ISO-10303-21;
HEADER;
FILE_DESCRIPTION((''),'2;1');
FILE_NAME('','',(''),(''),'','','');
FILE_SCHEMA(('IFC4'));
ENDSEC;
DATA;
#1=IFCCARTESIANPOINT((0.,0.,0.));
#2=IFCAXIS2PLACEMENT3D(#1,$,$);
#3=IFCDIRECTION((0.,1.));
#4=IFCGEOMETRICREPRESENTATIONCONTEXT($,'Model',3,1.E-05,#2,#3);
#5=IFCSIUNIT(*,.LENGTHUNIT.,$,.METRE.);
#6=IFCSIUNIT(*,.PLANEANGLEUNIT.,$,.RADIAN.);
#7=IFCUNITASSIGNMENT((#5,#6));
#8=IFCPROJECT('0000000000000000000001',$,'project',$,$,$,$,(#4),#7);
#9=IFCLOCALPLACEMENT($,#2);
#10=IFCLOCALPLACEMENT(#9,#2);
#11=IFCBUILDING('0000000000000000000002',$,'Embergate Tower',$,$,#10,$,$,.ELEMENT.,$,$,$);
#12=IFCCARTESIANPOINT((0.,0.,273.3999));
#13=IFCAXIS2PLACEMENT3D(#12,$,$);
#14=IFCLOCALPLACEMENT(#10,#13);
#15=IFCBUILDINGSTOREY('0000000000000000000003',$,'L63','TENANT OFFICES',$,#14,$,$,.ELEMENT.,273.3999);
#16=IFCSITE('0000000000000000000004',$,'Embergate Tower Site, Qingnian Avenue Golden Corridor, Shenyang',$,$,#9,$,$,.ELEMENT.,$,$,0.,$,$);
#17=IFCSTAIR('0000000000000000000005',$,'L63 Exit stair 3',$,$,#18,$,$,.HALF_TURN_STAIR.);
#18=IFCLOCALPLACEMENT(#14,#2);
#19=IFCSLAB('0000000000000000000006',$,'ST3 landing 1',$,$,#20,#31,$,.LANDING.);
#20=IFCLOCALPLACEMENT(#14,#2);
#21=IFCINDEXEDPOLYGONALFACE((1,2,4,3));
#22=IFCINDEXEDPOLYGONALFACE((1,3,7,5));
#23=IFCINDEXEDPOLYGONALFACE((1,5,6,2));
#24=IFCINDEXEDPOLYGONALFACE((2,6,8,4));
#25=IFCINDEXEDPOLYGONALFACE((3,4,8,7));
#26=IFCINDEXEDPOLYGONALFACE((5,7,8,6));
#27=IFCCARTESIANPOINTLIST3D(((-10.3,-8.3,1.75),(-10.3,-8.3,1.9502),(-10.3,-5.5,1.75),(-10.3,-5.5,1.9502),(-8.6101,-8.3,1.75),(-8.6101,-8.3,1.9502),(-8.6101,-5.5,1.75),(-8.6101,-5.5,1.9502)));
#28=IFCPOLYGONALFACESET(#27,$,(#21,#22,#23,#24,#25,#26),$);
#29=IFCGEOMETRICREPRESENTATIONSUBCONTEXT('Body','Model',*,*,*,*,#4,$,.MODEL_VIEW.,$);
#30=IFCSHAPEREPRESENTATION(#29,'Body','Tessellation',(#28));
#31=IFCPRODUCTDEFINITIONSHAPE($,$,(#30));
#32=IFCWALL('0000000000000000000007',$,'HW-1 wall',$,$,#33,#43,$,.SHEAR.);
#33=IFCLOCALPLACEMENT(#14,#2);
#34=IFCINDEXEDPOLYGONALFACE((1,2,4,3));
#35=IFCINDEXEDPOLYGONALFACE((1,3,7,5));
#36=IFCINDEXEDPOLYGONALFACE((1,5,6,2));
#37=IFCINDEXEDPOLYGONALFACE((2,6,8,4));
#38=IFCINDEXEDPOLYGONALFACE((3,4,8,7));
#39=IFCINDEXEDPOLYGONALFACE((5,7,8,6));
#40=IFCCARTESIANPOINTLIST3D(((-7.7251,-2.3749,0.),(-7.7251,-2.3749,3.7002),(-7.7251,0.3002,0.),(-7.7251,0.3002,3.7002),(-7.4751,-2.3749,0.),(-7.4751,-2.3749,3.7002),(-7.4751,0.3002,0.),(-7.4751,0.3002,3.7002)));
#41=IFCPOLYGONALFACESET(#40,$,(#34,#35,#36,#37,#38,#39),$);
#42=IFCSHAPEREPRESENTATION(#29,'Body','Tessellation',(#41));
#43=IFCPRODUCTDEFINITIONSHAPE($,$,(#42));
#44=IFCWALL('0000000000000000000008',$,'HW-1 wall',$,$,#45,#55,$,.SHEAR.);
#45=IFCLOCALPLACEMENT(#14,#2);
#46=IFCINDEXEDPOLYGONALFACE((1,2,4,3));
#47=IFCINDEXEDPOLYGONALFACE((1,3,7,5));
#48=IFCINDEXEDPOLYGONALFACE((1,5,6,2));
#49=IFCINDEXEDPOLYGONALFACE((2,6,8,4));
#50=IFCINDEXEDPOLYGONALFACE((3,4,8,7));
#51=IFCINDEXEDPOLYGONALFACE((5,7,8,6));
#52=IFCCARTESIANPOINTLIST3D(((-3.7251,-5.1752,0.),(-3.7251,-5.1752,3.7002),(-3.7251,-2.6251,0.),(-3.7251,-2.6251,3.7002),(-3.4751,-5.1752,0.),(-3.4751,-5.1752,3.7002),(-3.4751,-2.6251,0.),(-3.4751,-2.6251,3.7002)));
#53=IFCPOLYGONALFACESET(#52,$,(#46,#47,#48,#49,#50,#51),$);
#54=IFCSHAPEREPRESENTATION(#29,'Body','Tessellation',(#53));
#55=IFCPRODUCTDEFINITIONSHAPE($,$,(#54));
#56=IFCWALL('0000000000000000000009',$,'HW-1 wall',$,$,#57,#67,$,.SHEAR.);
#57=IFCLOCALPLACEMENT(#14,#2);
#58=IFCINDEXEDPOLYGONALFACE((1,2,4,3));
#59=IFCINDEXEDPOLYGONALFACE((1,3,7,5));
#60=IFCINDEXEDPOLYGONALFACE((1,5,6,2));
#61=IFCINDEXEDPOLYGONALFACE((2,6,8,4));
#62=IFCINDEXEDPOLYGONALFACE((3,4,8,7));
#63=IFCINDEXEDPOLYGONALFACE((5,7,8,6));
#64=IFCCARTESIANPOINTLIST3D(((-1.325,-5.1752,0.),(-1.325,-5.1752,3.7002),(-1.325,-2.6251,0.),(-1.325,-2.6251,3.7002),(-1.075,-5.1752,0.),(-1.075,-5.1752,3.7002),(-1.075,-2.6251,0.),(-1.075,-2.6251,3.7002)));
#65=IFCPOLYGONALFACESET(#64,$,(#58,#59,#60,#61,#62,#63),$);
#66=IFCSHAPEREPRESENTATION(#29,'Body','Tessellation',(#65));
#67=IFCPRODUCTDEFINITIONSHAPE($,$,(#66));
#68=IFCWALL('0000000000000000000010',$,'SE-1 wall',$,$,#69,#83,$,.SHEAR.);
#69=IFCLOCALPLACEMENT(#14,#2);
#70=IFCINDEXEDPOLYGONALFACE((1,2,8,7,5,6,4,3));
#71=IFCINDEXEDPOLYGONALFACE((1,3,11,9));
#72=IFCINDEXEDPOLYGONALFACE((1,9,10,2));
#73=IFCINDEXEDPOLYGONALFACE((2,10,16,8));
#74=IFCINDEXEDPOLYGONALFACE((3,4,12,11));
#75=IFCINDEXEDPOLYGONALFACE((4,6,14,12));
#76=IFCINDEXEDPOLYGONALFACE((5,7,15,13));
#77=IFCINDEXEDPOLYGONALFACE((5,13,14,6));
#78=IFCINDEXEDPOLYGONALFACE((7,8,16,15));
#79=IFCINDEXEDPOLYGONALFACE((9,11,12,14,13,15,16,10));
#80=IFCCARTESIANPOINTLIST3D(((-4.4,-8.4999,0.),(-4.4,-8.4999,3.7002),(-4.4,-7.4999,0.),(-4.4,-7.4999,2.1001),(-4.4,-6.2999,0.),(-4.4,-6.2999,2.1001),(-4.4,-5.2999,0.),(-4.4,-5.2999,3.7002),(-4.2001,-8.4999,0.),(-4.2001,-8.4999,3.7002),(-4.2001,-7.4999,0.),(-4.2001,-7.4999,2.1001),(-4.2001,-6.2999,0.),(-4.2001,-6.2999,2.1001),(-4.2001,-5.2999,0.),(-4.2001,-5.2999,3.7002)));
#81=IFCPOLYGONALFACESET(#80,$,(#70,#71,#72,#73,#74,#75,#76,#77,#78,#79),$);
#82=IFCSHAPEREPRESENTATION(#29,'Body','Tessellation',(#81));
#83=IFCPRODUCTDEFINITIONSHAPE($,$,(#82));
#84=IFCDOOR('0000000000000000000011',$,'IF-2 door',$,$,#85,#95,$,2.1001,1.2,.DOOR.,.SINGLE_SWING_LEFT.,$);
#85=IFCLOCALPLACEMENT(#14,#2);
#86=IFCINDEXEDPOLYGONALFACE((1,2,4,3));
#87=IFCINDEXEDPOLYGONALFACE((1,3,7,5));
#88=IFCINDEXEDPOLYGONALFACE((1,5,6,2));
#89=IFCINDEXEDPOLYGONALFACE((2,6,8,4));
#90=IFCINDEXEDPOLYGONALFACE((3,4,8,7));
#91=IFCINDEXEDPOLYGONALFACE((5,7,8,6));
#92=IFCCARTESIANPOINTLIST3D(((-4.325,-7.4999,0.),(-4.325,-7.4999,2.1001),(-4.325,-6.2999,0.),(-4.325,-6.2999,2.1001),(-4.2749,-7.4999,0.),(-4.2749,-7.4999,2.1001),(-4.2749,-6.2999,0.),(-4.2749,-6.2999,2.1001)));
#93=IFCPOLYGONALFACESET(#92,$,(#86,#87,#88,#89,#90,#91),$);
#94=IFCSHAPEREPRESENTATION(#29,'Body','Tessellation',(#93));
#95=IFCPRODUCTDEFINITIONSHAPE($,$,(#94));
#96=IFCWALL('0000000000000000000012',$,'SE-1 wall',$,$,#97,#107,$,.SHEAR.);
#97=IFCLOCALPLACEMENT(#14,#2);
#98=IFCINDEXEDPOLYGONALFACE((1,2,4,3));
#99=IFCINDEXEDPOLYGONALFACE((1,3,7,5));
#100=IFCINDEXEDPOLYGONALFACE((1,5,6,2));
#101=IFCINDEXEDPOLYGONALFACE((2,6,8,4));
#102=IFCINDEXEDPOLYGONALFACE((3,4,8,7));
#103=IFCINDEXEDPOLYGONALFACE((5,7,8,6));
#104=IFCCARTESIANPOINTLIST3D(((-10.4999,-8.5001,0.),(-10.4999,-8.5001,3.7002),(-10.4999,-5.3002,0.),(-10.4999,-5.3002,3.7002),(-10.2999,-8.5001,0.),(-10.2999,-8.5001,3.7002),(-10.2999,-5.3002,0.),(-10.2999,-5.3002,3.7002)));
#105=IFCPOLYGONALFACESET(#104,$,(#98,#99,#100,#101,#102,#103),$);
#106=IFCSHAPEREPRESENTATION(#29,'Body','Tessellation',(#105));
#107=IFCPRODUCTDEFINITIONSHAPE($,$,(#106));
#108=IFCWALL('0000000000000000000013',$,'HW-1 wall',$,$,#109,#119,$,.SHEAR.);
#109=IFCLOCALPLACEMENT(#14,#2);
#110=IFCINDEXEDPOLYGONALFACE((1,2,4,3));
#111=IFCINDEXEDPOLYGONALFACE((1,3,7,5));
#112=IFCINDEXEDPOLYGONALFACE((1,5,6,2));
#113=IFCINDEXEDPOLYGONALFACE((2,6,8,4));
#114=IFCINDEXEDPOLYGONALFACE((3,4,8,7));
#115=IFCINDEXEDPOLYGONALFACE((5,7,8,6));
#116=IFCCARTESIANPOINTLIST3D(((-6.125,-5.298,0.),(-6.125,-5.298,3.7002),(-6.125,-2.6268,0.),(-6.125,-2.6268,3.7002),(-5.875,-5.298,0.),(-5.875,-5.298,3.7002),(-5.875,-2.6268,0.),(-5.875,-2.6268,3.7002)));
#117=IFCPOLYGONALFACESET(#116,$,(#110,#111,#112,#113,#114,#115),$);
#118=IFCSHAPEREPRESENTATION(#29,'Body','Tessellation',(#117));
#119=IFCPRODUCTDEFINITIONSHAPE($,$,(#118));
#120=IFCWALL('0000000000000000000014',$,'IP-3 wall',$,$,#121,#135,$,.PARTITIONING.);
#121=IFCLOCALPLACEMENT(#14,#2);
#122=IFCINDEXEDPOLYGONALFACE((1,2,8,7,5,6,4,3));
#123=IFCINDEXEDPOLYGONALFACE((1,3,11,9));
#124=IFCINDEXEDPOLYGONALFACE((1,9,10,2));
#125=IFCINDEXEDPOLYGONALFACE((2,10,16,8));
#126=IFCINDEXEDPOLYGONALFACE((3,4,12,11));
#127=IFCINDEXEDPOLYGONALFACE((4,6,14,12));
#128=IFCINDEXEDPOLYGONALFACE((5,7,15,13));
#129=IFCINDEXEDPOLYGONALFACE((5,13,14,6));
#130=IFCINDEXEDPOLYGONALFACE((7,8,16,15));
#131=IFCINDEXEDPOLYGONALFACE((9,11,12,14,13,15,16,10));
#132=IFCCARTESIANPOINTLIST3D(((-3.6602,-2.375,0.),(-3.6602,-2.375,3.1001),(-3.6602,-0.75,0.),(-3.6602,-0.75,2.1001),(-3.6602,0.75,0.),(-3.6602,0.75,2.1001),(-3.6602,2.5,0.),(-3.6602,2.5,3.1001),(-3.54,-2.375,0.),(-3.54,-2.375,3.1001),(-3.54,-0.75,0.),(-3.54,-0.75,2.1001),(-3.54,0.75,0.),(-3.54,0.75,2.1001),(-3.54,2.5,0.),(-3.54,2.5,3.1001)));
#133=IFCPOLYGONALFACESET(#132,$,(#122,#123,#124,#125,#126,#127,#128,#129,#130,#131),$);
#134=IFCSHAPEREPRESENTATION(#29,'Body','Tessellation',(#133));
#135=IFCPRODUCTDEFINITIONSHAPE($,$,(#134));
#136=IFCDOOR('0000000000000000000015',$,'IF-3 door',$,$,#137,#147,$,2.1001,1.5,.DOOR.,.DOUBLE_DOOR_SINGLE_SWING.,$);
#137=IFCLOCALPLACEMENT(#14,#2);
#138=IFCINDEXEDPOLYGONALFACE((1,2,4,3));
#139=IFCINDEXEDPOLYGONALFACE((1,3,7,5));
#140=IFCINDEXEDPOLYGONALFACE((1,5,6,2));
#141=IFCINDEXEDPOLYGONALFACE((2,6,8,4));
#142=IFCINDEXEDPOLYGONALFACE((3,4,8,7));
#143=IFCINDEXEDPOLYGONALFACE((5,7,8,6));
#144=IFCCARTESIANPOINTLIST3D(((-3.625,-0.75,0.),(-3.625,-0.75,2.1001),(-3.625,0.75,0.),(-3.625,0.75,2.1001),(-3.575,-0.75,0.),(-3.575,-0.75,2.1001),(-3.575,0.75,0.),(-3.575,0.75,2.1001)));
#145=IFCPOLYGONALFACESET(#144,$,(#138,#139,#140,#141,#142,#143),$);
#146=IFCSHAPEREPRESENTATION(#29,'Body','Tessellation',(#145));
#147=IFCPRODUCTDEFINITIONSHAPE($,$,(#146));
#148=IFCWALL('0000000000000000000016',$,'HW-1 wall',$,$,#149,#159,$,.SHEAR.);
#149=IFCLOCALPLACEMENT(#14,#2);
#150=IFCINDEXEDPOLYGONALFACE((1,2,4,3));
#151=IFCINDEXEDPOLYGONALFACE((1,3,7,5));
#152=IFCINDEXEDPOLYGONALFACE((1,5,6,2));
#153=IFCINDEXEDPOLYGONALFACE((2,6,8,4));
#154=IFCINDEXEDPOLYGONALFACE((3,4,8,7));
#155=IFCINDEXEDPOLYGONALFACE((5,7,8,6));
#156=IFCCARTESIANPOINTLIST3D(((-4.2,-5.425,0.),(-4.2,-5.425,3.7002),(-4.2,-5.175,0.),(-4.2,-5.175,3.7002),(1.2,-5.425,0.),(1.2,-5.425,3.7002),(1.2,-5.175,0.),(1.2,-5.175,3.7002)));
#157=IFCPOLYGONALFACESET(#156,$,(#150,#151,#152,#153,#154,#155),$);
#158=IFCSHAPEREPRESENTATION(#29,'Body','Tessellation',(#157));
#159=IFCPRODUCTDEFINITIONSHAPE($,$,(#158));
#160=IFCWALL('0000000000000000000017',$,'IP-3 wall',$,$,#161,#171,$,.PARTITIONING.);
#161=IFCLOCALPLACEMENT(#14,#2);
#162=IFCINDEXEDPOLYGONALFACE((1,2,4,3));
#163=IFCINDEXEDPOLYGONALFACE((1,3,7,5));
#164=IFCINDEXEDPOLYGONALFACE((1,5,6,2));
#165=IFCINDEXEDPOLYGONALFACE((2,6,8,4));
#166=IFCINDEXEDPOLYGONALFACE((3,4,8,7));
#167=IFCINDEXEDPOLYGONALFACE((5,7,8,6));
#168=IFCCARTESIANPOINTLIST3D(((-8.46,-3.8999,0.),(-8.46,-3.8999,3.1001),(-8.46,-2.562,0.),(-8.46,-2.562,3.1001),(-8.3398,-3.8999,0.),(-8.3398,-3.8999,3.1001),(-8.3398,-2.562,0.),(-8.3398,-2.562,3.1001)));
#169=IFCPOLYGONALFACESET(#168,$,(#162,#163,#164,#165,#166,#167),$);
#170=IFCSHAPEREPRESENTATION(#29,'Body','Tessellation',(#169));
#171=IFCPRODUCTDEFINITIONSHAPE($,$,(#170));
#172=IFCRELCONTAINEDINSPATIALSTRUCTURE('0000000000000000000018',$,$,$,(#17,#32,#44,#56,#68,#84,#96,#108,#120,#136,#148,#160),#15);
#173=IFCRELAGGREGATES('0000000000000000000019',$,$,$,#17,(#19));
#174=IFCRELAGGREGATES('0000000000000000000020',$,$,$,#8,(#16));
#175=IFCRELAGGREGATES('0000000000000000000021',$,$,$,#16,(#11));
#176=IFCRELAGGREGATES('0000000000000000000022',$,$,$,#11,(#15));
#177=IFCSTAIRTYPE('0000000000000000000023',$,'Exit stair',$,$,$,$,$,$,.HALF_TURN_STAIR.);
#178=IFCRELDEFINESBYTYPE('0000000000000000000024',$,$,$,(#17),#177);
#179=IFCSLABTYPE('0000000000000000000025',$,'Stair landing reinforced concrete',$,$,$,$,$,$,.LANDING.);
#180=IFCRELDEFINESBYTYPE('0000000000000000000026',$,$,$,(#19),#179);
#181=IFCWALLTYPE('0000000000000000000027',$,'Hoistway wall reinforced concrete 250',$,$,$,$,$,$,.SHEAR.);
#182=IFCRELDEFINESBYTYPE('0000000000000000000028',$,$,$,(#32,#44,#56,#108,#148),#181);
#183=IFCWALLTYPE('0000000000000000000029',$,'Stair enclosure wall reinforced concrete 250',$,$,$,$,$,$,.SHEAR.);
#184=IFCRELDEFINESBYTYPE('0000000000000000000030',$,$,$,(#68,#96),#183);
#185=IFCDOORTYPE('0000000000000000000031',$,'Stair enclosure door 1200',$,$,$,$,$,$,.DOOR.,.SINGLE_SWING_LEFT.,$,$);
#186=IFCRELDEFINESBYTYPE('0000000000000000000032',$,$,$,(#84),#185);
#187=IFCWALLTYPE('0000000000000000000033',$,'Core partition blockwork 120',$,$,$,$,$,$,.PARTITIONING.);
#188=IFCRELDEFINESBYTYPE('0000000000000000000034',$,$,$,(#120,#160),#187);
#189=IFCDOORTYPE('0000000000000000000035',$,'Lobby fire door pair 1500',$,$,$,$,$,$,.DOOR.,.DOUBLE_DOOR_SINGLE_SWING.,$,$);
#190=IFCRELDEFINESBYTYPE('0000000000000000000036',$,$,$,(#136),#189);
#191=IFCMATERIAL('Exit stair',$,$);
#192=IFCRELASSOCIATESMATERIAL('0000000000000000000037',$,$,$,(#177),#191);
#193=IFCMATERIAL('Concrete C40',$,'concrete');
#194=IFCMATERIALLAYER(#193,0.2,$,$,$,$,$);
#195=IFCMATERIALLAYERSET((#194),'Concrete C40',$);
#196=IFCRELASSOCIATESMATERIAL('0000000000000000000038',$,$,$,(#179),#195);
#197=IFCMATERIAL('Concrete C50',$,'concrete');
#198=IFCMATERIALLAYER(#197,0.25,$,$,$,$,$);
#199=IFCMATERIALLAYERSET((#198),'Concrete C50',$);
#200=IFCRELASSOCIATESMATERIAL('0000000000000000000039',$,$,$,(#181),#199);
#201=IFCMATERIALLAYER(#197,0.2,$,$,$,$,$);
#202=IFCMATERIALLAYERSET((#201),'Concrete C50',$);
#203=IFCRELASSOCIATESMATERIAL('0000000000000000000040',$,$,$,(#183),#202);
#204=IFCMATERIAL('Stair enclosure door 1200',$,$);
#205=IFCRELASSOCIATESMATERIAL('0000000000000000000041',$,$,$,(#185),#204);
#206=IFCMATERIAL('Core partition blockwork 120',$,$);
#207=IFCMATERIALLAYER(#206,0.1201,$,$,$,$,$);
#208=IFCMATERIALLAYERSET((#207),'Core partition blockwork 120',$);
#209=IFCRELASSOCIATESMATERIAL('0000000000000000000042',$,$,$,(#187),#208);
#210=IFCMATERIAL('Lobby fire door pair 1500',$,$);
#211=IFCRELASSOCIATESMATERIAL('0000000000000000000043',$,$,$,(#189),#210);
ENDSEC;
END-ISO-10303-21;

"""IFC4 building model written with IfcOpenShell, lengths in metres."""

from ifc_helpers import new_model, si_unit, direction, frame, frame_2d, origin, place, context, subcontext, project, spatial, polyline, rectangle, outline, extrude, source, transform, mapped, material, layer, layer_set, type_object, element, fill, aggregate, save


model = new_model("IFC4")

# Units and contexts
model_context = context("Model", 3, precision=1e-05, world=origin(), true_north=direction((0.0, 1.0)))
body_context = subcontext(model_context, "Body", "Model", "MODEL_VIEW")
ifc_project = project(units=[si_unit("LENGTHUNIT", "METRE"), si_unit("PLANEANGLEUNIT", "RADIAN")], contexts=[model_context])

# Site, building, storey
site_placement = place(None, origin())
site = spatial("IfcSite", under=ifc_project, at=site_placement, Name="Embergate Tower Site, Qingnian Avenue Golden Corridor, Shenyang", CompositionType="ELEMENT", RefElevation=0.0)
building_placement = place(site_placement, origin())
building = spatial("IfcBuilding", under=site, at=building_placement, Name="Embergate Tower", CompositionType="ELEMENT")
storey_placement = place(building_placement, frame((0.0, 0.0, 273.3999)))
storey = spatial("IfcBuildingStorey", under=building, at=storey_placement, Name="L63", Description="TENANT OFFICES", CompositionType="ELEMENT", Elevation=273.3999)

# Stair, slab
ifc_material_1 = material(Name="Exit stair")
stair_type = type_object("IfcStairType", Name="Exit stair", PredefinedType="HALF_TURN_STAIR", material=ifc_material_1)
stair_placement = place(storey_placement, origin())
stair = element("IfcStair", 1, at=stair_placement, inside=storey, type_object=stair_type, Name="L63 Exit stair 3", PredefinedType="HALF_TURN_STAIR")
ifc_material_2 = material(Name="Concrete C40", Category="concrete")
ifc_layer_1 = layer(ifc_material_2, 0.2)
ifc_layer_set_1 = layer_set([ifc_layer_1], Name="Concrete C40")
slab_type = type_object("IfcSlabType", Name="Stair landing reinforced concrete", PredefinedType="LANDING", material=ifc_layer_set_1)
shared_shape_1 = source(origin(), body_context, "Body", "SweptSolid", [
    extrude(outline(polyline([(0.0, 0.0), (1.6899, 0.0), (1.6899, 2.8), (0.0, 2.8), (0.0, 0.0)])), origin(), (0.0, 0.0, 1.0), 0.2002),
])
slab_placement = place(storey_placement, frame((-10.3, -8.3, 1.75)))
slab = element("IfcSlab", 2, at=slab_placement, type_object=slab_type, Name="ST3 landing 1", PredefinedType="LANDING", context=body_context, shape_type="MappedRepresentation", body=[
    mapped(shared_shape_1, transform((0.0, 0.0, 0.0))),
])

# Walls
ifc_material_3 = material(Name="Concrete C50", Category="concrete")
ifc_layer_2 = layer(ifc_material_3, 0.25)
ifc_layer_set_2 = layer_set([ifc_layer_2], Name="Concrete C50")
wall_type_1 = type_object("IfcWallType", Name="Hoistway wall reinforced concrete 250", PredefinedType="SHEAR", material=ifc_layer_set_2)
shared_shape_2 = source(origin(), body_context, "Body", "SweptSolid", [
    extrude(rectangle(XDim=2.675, YDim=0.25, at=frame_2d((1.3374, 0.0))), origin(), (0.0, 0.0, 1.0), 3.7002),
])
wall_1_placement = place(storey_placement, frame((-7.6001, 0.3, 0.0), z_axis=(0.0, 0.0, 1.0), x_axis=(0.0, -1.0, 0.0)))
element("IfcWall", 3, at=wall_1_placement, inside=storey, type_object=wall_type_1, Name="HW-1 wall", PredefinedType="SHEAR", context=body_context, shape_type="MappedRepresentation", body=[
    mapped(shared_shape_2, transform((0.0, 0.0, 0.0))),
])
shared_shape_3 = source(origin(), body_context, "Body", "SweptSolid", [
    extrude(rectangle(XDim=2.55, YDim=0.25, at=frame_2d((1.2749, 0.0))), origin(), (0.0, 0.0, 1.0), 3.7002),
])
for number, where, z_axis, x_axis, name in (
    (4, (-3.6001, -5.175, 0.0), (0.0, 0.0, 1.0), (0.0, 1.0, 0.0), "HW-1 wall"),
    (5, (-1.2, -5.175, 0.0), (0.0, 0.0, 1.0), (0.0, 1.0, 0.0), "HW-1 wall"),
):
    element("IfcWall", number, at=place(storey_placement, frame(where, z_axis=z_axis, x_axis=x_axis)), inside=storey, type_object=wall_type_1, Name=name, PredefinedType="SHEAR", context=body_context, shape_type="MappedRepresentation", body=[
        mapped(shared_shape_3, transform((0.0, 0.0, 0.0))),
    ])

# Wall, opening, door
ifc_layer_3 = layer(ifc_material_3, 0.2)
ifc_layer_set_3 = layer_set([ifc_layer_3], Name="Concrete C50")
wall_type_2 = type_object("IfcWallType", Name="Stair enclosure wall reinforced concrete 250", PredefinedType="SHEAR", material=ifc_layer_set_3)
shared_shape_4 = source(origin(), body_context, "Body", "SweptSolid", [
    extrude(rectangle(XDim=3.2, YDim=0.2, at=frame_2d((1.6001, 0.0))), origin(), (0.0, 0.0, 1.0), 3.7002),
])
wall_2_placement = place(storey_placement, frame((-4.3, -8.5, 0.0), z_axis=(0.0, 0.0, 1.0), x_axis=(0.0, 1.0, 0.0)))
wall_2 = element("IfcWall", 6, at=wall_2_placement, inside=storey, type_object=wall_type_2, Name="SE-1 wall", PredefinedType="SHEAR", context=body_context, shape_type="MappedRepresentation", body=[
    mapped(shared_shape_4, transform((0.0, 0.0, 0.0))),
])
shared_shape_5 = source(origin(), body_context, "Body", "SweptSolid", [
    extrude(rectangle(XDim=1.2, YDim=2.1001, at=frame_2d((0.6001, 1.05))), frame((0.0, 0.1099, 0.0), z_axis=(0.0, -1.0, 0.0), x_axis=(1.0, 0.0, 0.0)), (0.0, 0.0, 1.0), 0.22),
])
opening_1_placement = place(wall_2_placement, frame((1.0, 0.0, 0.0)))
opening_1 = element("IfcOpeningElement", 7, at=opening_1_placement, cuts=wall_2, PredefinedType="OPENING", context=body_context, shape_type="MappedRepresentation", body=[
    mapped(shared_shape_5, transform((0.0, 0.0, 0.0))),
])
ifc_material_4 = material(Name="Stair enclosure door 1200")
door_type_1 = type_object("IfcDoorType", Name="Stair enclosure door 1200", OperationType="SINGLE_SWING_LEFT", PredefinedType="DOOR", material=ifc_material_4)
shared_shape_6 = source(origin(), body_context, "Body", "SweptSolid", [
    extrude(rectangle(XDim=1.2, YDim=2.1001, at=frame_2d((0.6001, 1.05))), frame((0.0, 0.0249, 0.0), z_axis=(0.0, -1.0, 0.0), x_axis=(1.0, 0.0, 0.0)), (0.0, 0.0, 1.0), 0.05),
])
door_1_placement = place(opening_1_placement, origin())
door_1 = element("IfcDoor", 8, at=door_1_placement, inside=storey, type_object=door_type_1, Name="IF-2 door", OperationType="SINGLE_SWING_LEFT", OverallHeight=2.1001, OverallWidth=1.2, PredefinedType="DOOR", context=body_context, shape_type="MappedRepresentation", body=[
    mapped(shared_shape_6, transform((0.0, 0.0, 0.0))),
])
fill(opening_1, door_1)

# Walls
wall_3_placement = place(storey_placement, frame((-10.3999, -5.3, 0.0), z_axis=(0.0, 0.0, 1.0), x_axis=(0.0, -1.0, 0.0)))
element("IfcWall", 9, at=wall_3_placement, inside=storey, type_object=wall_type_2, Name="SE-1 wall", PredefinedType="SHEAR", context=body_context, shape_type="MappedRepresentation", body=[
    mapped(shared_shape_4, transform((0.0, 0.0, 0.0))),
])
shared_shape_7 = source(origin(), body_context, "Body", "SweptSolid", [
    extrude(rectangle(XDim=2.6711, YDim=0.25, at=frame_2d((1.3354, 0.0))), origin(), (0.0, 0.0, 1.0), 3.7002),
])
wall_4_placement = place(storey_placement, frame((-6.0, -2.627, 0.0), z_axis=(0.0, 0.0, 1.0), x_axis=(0.0, -1.0, 0.0)))
element("IfcWall", 10, at=wall_4_placement, inside=storey, type_object=wall_type_1, Name="HW-1 wall", PredefinedType="SHEAR", context=body_context, shape_type="MappedRepresentation", body=[
    mapped(shared_shape_7, transform((0.0, 0.0, 0.0))),
])

# Wall, opening, door
ifc_material_5 = material(Name="Core partition blockwork 120")
ifc_layer_4 = layer(ifc_material_5, 0.1201)
ifc_layer_set_4 = layer_set([ifc_layer_4], Name="Core partition blockwork 120")
wall_type_3 = type_object("IfcWallType", Name="Core partition blockwork 120", PredefinedType="PARTITIONING", material=ifc_layer_set_4)
shared_shape_8 = source(origin(), body_context, "Body", "SweptSolid", [
    extrude(rectangle(XDim=4.875, YDim=0.1201, at=frame_2d((2.4375, 0.0))), origin(), (0.0, 0.0, 1.0), 3.1001),
])
wall_5_placement = place(storey_placement, frame((-3.6001, -2.375, 0.0), z_axis=(0.0, 0.0, 1.0), x_axis=(0.0, 1.0, 0.0)))
wall_5 = element("IfcWall", 11, at=wall_5_placement, inside=storey, type_object=wall_type_3, Name="IP-3 wall", PredefinedType="PARTITIONING", context=body_context, shape_type="MappedRepresentation", body=[
    mapped(shared_shape_8, transform((0.0, 0.0, 0.0))),
])
shared_shape_9 = source(origin(), body_context, "Body", "SweptSolid", [
    extrude(rectangle(XDim=1.5, YDim=2.1001, at=frame_2d((0.75, 1.05))), frame((0.0, 0.0701, 0.0), z_axis=(0.0, -1.0, 0.0), x_axis=(1.0, 0.0, 0.0)), (0.0, 0.0, 1.0), 0.1401),
])
opening_2_placement = place(wall_5_placement, frame((1.625, 0.0, 0.0)))
opening_2 = element("IfcOpeningElement", 12, at=opening_2_placement, cuts=wall_5, PredefinedType="OPENING", context=body_context, shape_type="MappedRepresentation", body=[
    mapped(shared_shape_9, transform((0.0, 0.0, 0.0))),
])
ifc_material_6 = material(Name="Lobby fire door pair 1500")
door_type_2 = type_object("IfcDoorType", Name="Lobby fire door pair 1500", OperationType="DOUBLE_DOOR_SINGLE_SWING", PredefinedType="DOOR", material=ifc_material_6)
shared_shape_10 = source(origin(), body_context, "Body", "SweptSolid", [
    extrude(rectangle(XDim=1.5, YDim=2.1001, at=frame_2d((0.75, 1.05))), frame((0.0, 0.0249, 0.0), z_axis=(0.0, -1.0, 0.0), x_axis=(1.0, 0.0, 0.0)), (0.0, 0.0, 1.0), 0.05),
])
door_2_placement = place(opening_2_placement, origin())
door_2 = element("IfcDoor", 13, at=door_2_placement, inside=storey, type_object=door_type_2, Name="IF-3 door", OperationType="DOUBLE_DOOR_SINGLE_SWING", OverallHeight=2.1001, OverallWidth=1.5, PredefinedType="DOOR", context=body_context, shape_type="MappedRepresentation", body=[
    mapped(shared_shape_10, transform((0.0, 0.0, 0.0))),
])
fill(opening_2, door_2)

# Walls
shared_shape_11 = source(origin(), body_context, "Body", "SweptSolid", [
    extrude(rectangle(XDim=5.3999, YDim=0.25, at=frame_2d((2.7, 0.0))), origin(), (0.0, 0.0, 1.0), 3.7002),
])
wall_6_placement = place(storey_placement, frame((-4.2, -5.3, 0.0), z_axis=(0.0, 0.0, 1.0), x_axis=(1.0, 0.0, 0.0)))
element("IfcWall", 14, at=wall_6_placement, inside=storey, type_object=wall_type_1, Name="HW-1 wall", PredefinedType="SHEAR", context=body_context, shape_type="MappedRepresentation", body=[
    mapped(shared_shape_11, transform((0.0, 0.0, 0.0))),
])
shared_shape_12 = source(origin(), body_context, "Body", "SweptSolid", [
    extrude(rectangle(XDim=1.3379, YDim=0.1201, at=frame_2d((0.6689, 0.0))), origin(), (0.0, 0.0, 1.0), 3.1001),
])
wall_7_placement = place(storey_placement, frame((-8.3999, -3.8999, 0.0), z_axis=(0.0, 0.0, 1.0), x_axis=(0.0, 1.0, 0.0)))
element("IfcWall", 15, at=wall_7_placement, inside=storey, type_object=wall_type_3, Name="IP-3 wall", PredefinedType="PARTITIONING", context=body_context, shape_type="MappedRepresentation", body=[
    mapped(shared_shape_12, transform((0.0, 0.0, 0.0))),
])

aggregate(stair, [slab])

save(model, "model.ifc")
